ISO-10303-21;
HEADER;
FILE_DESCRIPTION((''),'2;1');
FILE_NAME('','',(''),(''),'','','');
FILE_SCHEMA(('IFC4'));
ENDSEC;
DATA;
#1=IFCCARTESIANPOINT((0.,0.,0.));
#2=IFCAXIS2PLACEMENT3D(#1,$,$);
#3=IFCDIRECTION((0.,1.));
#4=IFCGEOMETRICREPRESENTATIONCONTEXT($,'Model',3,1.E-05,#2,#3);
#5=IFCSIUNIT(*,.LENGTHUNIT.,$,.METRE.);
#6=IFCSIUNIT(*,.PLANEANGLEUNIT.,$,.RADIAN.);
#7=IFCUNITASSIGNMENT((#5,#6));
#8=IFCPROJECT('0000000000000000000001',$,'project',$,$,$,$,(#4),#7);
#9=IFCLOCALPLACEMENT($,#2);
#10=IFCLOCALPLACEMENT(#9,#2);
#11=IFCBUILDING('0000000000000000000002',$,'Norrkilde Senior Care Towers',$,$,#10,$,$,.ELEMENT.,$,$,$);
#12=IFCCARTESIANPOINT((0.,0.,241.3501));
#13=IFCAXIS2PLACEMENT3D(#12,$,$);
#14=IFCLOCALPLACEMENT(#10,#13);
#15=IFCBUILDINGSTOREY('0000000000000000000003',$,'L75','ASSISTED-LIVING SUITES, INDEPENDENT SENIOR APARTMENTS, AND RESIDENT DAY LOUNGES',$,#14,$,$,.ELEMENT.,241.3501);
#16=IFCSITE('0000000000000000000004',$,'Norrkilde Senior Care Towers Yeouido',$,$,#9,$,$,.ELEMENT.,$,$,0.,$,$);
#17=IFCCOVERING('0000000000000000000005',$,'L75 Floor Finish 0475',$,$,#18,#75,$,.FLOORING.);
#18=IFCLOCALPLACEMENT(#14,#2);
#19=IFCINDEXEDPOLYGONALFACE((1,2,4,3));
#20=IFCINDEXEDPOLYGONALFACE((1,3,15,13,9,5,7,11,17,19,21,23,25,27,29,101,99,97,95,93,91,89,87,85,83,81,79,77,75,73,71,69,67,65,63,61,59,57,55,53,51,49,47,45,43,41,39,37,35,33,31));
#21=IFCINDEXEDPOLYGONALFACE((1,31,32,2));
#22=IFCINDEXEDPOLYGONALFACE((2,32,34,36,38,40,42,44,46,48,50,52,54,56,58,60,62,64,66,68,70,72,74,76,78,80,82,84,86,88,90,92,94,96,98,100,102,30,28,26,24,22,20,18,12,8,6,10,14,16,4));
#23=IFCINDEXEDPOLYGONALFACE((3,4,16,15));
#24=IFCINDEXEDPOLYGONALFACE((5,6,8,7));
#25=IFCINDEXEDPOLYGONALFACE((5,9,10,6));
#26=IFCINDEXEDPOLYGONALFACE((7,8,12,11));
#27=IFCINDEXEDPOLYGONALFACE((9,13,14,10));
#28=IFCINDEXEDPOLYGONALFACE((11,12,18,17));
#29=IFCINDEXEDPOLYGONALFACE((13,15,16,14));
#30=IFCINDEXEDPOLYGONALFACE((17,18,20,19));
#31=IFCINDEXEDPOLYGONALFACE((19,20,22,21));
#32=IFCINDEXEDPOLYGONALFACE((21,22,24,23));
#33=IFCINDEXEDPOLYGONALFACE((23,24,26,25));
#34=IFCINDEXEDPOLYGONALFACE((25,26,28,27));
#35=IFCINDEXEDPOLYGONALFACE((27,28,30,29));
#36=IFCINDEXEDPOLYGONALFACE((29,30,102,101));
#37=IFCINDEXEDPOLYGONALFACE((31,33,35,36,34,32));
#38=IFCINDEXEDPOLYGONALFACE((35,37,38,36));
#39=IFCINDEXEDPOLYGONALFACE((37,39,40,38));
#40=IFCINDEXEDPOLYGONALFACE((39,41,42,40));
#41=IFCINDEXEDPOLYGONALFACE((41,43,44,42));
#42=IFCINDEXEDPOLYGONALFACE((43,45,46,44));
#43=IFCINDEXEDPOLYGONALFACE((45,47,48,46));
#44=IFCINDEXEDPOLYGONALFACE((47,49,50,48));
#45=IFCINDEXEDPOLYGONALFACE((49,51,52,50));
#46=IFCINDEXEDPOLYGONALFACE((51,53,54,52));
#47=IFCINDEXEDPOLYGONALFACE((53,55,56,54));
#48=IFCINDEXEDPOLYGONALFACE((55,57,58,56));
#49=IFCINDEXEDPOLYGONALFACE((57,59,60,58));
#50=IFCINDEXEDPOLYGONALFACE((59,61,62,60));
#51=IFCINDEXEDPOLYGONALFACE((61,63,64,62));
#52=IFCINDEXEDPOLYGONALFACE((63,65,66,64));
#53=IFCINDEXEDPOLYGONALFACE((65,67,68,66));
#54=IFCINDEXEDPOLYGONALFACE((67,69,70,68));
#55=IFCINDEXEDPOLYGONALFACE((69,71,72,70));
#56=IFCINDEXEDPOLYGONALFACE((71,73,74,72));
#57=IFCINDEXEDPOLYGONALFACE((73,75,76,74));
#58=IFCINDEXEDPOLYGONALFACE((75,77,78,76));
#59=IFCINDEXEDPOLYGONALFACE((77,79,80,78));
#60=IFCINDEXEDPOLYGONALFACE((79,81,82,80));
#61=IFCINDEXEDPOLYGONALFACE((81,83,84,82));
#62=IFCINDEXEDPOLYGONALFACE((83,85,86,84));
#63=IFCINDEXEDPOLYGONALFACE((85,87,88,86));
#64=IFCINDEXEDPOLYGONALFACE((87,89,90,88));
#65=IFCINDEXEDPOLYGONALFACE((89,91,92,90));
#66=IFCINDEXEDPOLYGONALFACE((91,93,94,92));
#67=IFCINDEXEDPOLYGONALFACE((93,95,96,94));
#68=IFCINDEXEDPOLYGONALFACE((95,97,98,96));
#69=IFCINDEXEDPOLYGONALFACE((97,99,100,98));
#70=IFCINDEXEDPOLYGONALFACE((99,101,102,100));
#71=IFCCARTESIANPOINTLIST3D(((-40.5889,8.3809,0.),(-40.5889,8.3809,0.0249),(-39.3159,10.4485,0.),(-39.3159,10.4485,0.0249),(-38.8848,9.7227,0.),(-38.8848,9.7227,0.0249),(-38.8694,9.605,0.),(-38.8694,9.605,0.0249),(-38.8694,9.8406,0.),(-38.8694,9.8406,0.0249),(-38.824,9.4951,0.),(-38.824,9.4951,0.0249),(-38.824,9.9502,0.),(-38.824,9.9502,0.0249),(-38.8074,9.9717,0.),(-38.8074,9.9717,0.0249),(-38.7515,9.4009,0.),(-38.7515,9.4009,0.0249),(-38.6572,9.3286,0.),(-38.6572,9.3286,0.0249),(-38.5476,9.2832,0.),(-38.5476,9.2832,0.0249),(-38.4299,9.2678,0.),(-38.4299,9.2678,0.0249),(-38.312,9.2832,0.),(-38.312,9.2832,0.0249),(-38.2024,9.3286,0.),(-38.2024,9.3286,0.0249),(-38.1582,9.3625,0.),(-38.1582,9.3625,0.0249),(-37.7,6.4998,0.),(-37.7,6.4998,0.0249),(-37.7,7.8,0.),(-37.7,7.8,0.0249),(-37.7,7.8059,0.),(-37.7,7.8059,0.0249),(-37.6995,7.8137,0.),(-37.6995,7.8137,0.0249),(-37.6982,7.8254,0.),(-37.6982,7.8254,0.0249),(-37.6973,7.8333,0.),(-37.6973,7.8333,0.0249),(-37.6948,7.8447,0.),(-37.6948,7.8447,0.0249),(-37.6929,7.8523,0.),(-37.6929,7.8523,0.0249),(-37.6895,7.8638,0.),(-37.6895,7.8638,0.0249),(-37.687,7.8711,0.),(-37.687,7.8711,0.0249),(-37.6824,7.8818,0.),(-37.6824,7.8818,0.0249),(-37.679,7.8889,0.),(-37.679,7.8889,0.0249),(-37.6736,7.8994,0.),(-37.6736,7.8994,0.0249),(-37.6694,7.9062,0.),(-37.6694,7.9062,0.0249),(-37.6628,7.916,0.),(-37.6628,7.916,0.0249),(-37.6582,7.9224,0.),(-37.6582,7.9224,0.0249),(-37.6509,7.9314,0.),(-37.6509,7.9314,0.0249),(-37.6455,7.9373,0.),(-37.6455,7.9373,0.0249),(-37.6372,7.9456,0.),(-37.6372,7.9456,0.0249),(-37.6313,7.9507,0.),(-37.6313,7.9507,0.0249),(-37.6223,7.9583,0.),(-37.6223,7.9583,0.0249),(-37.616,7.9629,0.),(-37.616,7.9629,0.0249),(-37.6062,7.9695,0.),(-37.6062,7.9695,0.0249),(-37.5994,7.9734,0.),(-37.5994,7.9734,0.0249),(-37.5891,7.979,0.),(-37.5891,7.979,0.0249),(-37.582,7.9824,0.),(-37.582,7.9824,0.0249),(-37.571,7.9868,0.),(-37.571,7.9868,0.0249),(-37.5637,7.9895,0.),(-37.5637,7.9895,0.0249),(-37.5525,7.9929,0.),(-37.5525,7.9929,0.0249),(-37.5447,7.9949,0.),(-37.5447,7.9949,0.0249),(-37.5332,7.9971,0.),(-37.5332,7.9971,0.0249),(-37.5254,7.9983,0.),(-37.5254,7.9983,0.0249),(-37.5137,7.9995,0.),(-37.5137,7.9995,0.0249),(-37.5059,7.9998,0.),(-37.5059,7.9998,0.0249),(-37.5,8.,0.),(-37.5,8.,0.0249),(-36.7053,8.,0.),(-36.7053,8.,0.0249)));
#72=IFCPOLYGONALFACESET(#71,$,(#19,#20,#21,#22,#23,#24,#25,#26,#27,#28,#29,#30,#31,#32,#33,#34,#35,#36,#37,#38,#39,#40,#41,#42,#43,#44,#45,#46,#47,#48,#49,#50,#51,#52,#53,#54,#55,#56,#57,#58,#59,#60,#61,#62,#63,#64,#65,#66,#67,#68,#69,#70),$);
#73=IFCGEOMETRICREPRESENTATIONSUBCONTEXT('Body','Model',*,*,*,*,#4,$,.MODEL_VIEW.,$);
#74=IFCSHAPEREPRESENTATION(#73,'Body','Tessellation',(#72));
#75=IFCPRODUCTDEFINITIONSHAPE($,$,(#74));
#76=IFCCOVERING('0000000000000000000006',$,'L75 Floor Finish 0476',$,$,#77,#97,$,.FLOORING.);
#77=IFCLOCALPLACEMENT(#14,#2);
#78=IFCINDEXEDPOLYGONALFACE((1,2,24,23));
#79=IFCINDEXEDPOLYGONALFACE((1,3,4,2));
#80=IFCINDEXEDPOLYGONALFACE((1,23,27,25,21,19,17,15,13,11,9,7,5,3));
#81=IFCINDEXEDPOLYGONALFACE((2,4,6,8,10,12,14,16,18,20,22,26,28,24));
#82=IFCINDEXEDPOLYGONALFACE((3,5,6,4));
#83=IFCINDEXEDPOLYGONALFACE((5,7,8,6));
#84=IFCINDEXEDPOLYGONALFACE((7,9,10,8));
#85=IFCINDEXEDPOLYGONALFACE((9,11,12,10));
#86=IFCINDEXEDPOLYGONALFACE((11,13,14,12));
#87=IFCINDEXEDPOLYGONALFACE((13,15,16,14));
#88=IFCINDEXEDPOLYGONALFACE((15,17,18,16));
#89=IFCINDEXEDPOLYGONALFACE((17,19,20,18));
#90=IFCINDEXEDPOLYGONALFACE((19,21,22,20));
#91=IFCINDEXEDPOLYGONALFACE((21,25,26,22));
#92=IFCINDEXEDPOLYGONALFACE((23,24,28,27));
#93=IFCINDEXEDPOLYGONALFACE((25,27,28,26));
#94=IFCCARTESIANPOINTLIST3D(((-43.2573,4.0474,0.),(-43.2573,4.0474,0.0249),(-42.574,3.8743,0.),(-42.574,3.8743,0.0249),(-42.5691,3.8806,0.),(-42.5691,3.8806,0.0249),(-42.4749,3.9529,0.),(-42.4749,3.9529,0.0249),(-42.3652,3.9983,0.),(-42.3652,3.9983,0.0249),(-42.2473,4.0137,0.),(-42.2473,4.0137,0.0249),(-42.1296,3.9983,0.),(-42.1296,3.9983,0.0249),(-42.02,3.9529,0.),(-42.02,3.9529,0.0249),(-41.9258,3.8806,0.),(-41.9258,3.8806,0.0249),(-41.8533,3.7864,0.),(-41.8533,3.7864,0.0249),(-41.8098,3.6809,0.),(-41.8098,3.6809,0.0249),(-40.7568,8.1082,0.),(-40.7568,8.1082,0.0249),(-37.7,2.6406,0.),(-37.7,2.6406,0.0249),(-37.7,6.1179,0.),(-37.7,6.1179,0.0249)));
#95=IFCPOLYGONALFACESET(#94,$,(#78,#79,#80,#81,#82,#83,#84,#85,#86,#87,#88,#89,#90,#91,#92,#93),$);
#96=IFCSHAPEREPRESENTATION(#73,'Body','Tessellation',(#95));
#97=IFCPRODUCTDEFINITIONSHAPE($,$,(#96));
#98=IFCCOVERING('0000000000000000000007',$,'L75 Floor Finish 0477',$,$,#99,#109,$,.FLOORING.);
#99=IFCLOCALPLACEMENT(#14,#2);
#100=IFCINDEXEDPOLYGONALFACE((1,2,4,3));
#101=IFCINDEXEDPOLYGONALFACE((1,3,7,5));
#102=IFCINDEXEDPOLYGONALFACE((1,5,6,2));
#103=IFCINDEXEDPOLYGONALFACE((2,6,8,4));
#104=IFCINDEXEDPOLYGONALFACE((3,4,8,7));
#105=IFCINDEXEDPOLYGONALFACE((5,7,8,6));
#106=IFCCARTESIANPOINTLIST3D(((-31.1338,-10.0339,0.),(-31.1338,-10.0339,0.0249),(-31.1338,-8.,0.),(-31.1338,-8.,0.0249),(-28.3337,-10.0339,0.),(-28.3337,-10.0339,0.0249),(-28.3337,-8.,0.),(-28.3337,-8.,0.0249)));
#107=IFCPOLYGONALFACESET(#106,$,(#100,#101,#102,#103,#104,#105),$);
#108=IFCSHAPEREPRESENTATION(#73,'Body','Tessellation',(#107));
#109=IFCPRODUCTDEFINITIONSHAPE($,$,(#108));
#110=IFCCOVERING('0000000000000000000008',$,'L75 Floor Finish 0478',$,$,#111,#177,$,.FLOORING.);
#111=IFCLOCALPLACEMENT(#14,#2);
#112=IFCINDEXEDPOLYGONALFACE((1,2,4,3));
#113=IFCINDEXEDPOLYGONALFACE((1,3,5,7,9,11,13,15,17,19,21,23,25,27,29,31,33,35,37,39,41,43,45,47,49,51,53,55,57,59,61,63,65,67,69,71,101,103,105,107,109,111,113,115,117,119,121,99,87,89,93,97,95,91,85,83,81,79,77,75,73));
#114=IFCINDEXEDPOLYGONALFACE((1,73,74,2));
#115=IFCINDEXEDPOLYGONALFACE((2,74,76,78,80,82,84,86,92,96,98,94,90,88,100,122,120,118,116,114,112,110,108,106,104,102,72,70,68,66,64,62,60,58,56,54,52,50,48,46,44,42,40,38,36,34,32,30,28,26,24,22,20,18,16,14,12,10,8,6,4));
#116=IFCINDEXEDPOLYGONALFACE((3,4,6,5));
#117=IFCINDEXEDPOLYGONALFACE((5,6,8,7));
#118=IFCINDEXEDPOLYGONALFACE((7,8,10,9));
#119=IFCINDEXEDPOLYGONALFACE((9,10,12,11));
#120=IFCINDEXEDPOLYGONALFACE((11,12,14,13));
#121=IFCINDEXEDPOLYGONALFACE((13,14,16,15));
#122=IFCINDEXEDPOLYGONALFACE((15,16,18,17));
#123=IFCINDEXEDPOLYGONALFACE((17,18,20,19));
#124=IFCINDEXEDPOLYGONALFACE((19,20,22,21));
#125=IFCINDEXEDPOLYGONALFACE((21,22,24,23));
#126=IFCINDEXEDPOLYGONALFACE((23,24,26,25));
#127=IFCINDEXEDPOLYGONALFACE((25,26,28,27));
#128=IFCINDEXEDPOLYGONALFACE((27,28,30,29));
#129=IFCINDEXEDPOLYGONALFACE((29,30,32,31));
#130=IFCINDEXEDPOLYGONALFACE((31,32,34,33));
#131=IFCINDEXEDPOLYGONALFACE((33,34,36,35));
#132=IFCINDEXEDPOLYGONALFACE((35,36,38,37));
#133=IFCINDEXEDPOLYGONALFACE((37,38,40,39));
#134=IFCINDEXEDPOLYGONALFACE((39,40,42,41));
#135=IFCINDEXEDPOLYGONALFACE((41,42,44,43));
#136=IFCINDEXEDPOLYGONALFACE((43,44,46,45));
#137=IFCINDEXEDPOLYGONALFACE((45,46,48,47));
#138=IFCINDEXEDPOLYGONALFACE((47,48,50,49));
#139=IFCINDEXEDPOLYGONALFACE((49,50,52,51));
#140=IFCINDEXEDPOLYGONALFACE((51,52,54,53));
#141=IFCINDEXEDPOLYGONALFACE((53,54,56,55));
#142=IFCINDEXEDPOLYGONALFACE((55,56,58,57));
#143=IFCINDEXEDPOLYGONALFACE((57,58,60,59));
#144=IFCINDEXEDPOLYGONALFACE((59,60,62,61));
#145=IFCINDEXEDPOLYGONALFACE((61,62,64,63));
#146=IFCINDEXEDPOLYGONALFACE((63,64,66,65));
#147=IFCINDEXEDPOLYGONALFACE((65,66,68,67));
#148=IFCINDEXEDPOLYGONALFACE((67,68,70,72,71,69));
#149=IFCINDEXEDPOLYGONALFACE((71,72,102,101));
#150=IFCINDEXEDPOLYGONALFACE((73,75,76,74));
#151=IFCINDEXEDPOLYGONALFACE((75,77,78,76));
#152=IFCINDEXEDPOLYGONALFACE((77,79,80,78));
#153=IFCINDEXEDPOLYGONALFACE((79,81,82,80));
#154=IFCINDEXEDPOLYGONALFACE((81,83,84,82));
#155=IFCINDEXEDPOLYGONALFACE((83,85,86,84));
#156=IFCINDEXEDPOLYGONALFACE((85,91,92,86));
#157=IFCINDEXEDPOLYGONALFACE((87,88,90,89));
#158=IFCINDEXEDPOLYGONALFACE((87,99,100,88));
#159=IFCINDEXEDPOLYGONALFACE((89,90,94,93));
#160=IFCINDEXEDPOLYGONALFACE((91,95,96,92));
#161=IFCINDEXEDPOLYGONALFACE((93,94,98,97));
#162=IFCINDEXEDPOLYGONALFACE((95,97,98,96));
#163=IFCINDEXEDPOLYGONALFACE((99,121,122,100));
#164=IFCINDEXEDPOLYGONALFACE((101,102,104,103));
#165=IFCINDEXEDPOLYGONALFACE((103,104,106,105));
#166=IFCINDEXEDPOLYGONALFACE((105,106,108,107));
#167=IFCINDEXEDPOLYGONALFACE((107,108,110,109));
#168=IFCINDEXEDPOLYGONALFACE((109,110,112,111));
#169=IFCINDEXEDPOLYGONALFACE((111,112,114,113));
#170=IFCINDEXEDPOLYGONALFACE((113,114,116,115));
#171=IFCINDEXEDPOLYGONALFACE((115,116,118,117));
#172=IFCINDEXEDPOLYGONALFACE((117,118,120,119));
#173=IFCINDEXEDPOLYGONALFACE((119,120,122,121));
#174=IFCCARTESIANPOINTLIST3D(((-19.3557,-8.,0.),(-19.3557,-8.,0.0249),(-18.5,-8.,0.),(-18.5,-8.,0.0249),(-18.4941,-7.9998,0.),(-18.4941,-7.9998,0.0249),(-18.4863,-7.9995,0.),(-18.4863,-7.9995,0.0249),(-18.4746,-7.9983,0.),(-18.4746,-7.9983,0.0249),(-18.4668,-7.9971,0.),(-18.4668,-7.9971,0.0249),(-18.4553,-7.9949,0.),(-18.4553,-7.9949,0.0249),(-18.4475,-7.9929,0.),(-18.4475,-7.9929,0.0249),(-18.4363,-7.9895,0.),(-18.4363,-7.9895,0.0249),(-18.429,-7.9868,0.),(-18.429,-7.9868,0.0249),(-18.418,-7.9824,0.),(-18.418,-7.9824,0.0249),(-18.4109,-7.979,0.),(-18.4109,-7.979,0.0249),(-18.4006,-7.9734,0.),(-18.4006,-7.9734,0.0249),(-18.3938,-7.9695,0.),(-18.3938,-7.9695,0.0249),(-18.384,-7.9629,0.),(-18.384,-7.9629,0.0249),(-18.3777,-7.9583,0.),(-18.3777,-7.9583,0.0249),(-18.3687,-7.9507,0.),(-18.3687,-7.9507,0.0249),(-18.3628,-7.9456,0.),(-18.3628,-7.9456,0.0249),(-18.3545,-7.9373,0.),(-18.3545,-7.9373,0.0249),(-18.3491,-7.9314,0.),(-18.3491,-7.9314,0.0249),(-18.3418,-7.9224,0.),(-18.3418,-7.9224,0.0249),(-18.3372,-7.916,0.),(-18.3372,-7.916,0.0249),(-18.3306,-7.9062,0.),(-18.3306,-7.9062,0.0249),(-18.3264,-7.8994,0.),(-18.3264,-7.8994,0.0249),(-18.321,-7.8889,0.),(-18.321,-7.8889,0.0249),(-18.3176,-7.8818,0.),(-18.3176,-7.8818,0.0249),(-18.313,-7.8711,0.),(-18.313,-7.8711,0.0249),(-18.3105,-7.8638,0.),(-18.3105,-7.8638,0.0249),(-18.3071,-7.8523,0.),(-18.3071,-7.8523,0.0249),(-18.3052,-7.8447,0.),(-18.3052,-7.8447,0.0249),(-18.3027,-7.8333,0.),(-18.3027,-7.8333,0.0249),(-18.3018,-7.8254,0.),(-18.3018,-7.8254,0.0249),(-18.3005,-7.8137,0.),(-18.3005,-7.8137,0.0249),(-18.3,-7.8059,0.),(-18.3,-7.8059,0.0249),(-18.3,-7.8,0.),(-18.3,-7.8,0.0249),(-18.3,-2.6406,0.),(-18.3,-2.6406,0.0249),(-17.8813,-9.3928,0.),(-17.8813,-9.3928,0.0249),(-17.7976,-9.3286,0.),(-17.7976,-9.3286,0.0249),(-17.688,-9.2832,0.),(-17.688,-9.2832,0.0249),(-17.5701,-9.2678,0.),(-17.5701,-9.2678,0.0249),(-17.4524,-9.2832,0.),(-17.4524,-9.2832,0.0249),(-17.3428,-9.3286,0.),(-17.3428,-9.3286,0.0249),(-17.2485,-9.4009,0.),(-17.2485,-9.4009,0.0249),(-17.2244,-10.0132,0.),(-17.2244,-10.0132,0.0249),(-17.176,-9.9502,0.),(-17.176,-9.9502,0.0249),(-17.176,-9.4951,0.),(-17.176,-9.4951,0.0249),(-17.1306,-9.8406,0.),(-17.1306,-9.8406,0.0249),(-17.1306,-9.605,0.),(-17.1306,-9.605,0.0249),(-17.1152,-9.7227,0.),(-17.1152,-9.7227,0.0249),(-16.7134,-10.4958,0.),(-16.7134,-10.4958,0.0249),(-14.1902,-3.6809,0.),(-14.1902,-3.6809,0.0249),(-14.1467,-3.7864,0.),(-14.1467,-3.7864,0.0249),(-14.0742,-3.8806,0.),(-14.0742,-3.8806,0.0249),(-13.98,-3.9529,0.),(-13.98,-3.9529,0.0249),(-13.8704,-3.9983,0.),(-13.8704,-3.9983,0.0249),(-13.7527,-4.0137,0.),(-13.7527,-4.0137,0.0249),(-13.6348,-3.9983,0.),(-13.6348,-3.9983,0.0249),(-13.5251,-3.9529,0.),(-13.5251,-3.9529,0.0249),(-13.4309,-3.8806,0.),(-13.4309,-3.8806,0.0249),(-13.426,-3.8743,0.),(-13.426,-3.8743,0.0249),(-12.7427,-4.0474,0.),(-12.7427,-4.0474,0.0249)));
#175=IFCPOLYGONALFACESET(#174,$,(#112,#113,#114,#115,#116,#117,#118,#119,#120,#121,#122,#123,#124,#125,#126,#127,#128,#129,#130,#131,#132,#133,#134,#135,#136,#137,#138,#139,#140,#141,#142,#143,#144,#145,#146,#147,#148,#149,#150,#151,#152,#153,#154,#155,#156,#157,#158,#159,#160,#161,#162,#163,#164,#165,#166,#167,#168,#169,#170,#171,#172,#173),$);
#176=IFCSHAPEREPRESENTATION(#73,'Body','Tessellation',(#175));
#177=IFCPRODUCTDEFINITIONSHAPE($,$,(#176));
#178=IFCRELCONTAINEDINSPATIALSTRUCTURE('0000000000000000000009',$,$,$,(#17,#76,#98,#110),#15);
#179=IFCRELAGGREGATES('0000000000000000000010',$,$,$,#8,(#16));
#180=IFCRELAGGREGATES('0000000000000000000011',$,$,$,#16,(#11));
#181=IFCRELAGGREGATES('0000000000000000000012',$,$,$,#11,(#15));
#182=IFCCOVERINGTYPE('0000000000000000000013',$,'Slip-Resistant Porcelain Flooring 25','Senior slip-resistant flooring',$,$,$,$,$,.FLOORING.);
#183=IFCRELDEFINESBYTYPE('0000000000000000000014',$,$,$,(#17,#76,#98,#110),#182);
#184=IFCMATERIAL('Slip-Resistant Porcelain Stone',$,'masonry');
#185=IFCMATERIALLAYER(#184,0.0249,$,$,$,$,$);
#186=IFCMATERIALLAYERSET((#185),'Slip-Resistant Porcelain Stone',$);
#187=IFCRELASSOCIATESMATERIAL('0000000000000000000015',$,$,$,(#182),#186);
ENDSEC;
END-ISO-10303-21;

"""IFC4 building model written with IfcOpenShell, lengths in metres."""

from ifc_helpers import new_model, si_unit, direction, frame, origin, place, context, subcontext, project, spatial, polyline, outline, extrude, material, layer, layer_set, type_object, element, save


model = new_model("IFC4")

# Units and contexts
model_context = context("Model", 3, precision=1e-05, world=origin(), true_north=direction((0.0, 1.0)))
body_context = subcontext(model_context, "Body", "Model", "MODEL_VIEW")
ifc_project = project(units=[si_unit("LENGTHUNIT", "METRE"), si_unit("PLANEANGLEUNIT", "RADIAN")], contexts=[model_context])

# Site, building, storey
site_placement = place(None, origin())
site = spatial("IfcSite", under=ifc_project, at=site_placement, Name="Norrkilde Senior Care Towers Yeouido", CompositionType="ELEMENT", RefElevation=0.0)
building_placement = place(site_placement, origin())
building = spatial("IfcBuilding", under=site, at=building_placement, Name="Norrkilde Senior Care Towers", CompositionType="ELEMENT")
storey_placement = place(building_placement, frame((0.0, 0.0, 241.3501)))
storey = spatial("IfcBuildingStorey", under=building, at=storey_placement, Name="L75", Description="ASSISTED-LIVING SUITES, INDEPENDENT SENIOR APARTMENTS, AND RESIDENT DAY LOUNGES", CompositionType="ELEMENT", Elevation=241.3501)

# Coverings
ifc_material_1 = material(Name="Slip-Resistant Porcelain Stone", Category="masonry")
ifc_layer_1 = layer(ifc_material_1, 0.0249)
ifc_layer_set_1 = layer_set([ifc_layer_1], Name="Slip-Resistant Porcelain Stone")
covering_type_1 = type_object("IfcCoveringType", Name="Slip-Resistant Porcelain Flooring 25", Description="Senior slip-resistant flooring", PredefinedType="FLOORING", material=ifc_layer_set_1)
covering_1_placement = place(storey_placement, origin())
element("IfcCovering", 1, at=covering_1_placement, inside=storey, type_object=covering_type_1, Name="L75 Floor Finish 0475", PredefinedType="FLOORING", context=body_context, shape_type="SweptSolid", body=[
    extrude(outline(polyline([(-37.5254, 7.9983), (-37.5332, 7.9971), (-37.5447, 7.9949), (-37.5525, 7.9929), (-37.5637, 7.9895), (-37.571, 7.9868), (-37.582, 7.9824), (-37.5891, 7.979), (-37.5994, 7.9734), (-37.6062, 7.9695), (-37.616, 7.9629), (-37.6223, 7.9583), (-37.6313, 7.9507), (-37.6372, 7.9456), (-37.6455, 7.9373), (-37.6509, 7.9314), (-37.6582, 7.9224), (-37.6628, 7.916), (-37.6694, 7.9062), (-37.6736, 7.8994), (-37.679, 7.8889), (-37.6824, 7.8818), (-37.687, 7.8711), (-37.6895, 7.8638), (-37.6929, 7.8523), (-37.6948, 7.8447), (-37.6973, 7.8333), (-37.6982, 7.8254), (-37.6995, 7.8137), (-37.7, 7.8059), (-37.7, 7.8), (-37.7, 6.4998), (-40.5889, 8.3809), (-39.3159, 10.4485), (-38.8074, 9.9717), (-38.824, 9.9502), (-38.8694, 9.8406), (-38.8848, 9.7227), (-38.8694, 9.605), (-38.824, 9.4951), (-38.7515, 9.4009), (-38.6572, 9.3286), (-38.5476, 9.2832), (-38.4299, 9.2678), (-38.312, 9.2832), (-38.2024, 9.3286), (-38.1582, 9.3625), (-36.7053, 8.0), (-37.5, 8.0), (-37.5059, 7.9998), (-37.5137, 7.9995), (-37.5254, 7.9983)])), origin(), (0.0, 0.0, 1.0), 0.0249),
])
covering_2_placement = place(storey_placement, origin())
element("IfcCovering", 2, at=covering_2_placement, inside=storey, type_object=covering_type_1, Name="L75 Floor Finish 0476", PredefinedType="FLOORING", context=body_context, shape_type="SweptSolid", body=[
    extrude(outline(polyline([(-40.7568, 8.1082), (-37.7, 6.1179), (-37.7, 2.6406), (-41.8098, 3.6809), (-41.8533, 3.7864), (-41.9258, 3.8806), (-42.02, 3.9529), (-42.1296, 3.9983), (-42.2473, 4.0137), (-42.3652, 3.9983), (-42.4749, 3.9529), (-42.5691, 3.8806), (-42.574, 3.8743), (-43.2573, 4.0474), (-40.7568, 8.1082)])), origin(), (0.0, 0.0, 1.0), 0.0249),
])
covering_3_placement = place(storey_placement, origin())
element("IfcCovering", 3, at=covering_3_placement, inside=storey, type_object=covering_type_1, Name="L75 Floor Finish 0477", PredefinedType="FLOORING", context=body_context, shape_type="SweptSolid", body=[
    extrude(outline(polyline([(-28.3337, -10.0339), (-31.1338, -10.0339), (-31.1338, -8.0), (-28.3337, -8.0), (-28.3337, -10.0339)])), origin(), (0.0, 0.0, 1.0), 0.0249),
])
covering_4_placement = place(storey_placement, origin())
element("IfcCovering", 4, at=covering_4_placement, inside=storey, type_object=covering_type_1, Name="L75 Floor Finish 0478", PredefinedType="FLOORING", context=body_context, shape_type="SweptSolid", body=[
    extrude(outline(polyline([(-18.4475, -7.9929), (-18.4363, -7.9895), (-18.429, -7.9868), (-18.418, -7.9824), (-18.4109, -7.979), (-18.4006, -7.9734), (-18.3938, -7.9695), (-18.384, -7.9629), (-18.3777, -7.9583), (-18.3687, -7.9507), (-18.3628, -7.9456), (-18.3545, -7.9373), (-18.3491, -7.9314), (-18.3418, -7.9224), (-18.3372, -7.916), (-18.3306, -7.9062), (-18.3264, -7.8994), (-18.321, -7.8889), (-18.3176, -7.8818), (-18.313, -7.8711), (-18.3105, -7.8638), (-18.3071, -7.8523), (-18.3052, -7.8447), (-18.3027, -7.8333), (-18.3018, -7.8254), (-18.3005, -7.8137), (-18.3, -7.8059), (-18.3, -7.8), (-18.3, -2.6406), (-14.1902, -3.6809), (-14.1467, -3.7864), (-14.0742, -3.8806), (-13.98, -3.9529), (-13.8704, -3.9983), (-13.7527, -4.0137), (-13.6348, -3.9983), (-13.5251, -3.9529), (-13.4309, -3.8806), (-13.426, -3.8743), (-12.7427, -4.0474), (-16.7134, -10.4958), (-17.2244, -10.0132), (-17.176, -9.9502), (-17.1306, -9.8406), (-17.1152, -9.7227), (-17.1306, -9.605), (-17.176, -9.4951), (-17.2485, -9.4009), (-17.3428, -9.3286), (-17.4524, -9.2832), (-17.5701, -9.2678), (-17.688, -9.2832), (-17.7976, -9.3286), (-17.8813, -9.3928), (-19.3557, -8.0), (-18.5, -8.0), (-18.4941, -7.9998), (-18.4863, -7.9995), (-18.4746, -7.9983), (-18.4668, -7.9971), (-18.4553, -7.9949), (-18.4475, -7.9929)])), origin(), (0.0, 0.0, 1.0), 0.0249),
])

save(model, "model.ifc")
